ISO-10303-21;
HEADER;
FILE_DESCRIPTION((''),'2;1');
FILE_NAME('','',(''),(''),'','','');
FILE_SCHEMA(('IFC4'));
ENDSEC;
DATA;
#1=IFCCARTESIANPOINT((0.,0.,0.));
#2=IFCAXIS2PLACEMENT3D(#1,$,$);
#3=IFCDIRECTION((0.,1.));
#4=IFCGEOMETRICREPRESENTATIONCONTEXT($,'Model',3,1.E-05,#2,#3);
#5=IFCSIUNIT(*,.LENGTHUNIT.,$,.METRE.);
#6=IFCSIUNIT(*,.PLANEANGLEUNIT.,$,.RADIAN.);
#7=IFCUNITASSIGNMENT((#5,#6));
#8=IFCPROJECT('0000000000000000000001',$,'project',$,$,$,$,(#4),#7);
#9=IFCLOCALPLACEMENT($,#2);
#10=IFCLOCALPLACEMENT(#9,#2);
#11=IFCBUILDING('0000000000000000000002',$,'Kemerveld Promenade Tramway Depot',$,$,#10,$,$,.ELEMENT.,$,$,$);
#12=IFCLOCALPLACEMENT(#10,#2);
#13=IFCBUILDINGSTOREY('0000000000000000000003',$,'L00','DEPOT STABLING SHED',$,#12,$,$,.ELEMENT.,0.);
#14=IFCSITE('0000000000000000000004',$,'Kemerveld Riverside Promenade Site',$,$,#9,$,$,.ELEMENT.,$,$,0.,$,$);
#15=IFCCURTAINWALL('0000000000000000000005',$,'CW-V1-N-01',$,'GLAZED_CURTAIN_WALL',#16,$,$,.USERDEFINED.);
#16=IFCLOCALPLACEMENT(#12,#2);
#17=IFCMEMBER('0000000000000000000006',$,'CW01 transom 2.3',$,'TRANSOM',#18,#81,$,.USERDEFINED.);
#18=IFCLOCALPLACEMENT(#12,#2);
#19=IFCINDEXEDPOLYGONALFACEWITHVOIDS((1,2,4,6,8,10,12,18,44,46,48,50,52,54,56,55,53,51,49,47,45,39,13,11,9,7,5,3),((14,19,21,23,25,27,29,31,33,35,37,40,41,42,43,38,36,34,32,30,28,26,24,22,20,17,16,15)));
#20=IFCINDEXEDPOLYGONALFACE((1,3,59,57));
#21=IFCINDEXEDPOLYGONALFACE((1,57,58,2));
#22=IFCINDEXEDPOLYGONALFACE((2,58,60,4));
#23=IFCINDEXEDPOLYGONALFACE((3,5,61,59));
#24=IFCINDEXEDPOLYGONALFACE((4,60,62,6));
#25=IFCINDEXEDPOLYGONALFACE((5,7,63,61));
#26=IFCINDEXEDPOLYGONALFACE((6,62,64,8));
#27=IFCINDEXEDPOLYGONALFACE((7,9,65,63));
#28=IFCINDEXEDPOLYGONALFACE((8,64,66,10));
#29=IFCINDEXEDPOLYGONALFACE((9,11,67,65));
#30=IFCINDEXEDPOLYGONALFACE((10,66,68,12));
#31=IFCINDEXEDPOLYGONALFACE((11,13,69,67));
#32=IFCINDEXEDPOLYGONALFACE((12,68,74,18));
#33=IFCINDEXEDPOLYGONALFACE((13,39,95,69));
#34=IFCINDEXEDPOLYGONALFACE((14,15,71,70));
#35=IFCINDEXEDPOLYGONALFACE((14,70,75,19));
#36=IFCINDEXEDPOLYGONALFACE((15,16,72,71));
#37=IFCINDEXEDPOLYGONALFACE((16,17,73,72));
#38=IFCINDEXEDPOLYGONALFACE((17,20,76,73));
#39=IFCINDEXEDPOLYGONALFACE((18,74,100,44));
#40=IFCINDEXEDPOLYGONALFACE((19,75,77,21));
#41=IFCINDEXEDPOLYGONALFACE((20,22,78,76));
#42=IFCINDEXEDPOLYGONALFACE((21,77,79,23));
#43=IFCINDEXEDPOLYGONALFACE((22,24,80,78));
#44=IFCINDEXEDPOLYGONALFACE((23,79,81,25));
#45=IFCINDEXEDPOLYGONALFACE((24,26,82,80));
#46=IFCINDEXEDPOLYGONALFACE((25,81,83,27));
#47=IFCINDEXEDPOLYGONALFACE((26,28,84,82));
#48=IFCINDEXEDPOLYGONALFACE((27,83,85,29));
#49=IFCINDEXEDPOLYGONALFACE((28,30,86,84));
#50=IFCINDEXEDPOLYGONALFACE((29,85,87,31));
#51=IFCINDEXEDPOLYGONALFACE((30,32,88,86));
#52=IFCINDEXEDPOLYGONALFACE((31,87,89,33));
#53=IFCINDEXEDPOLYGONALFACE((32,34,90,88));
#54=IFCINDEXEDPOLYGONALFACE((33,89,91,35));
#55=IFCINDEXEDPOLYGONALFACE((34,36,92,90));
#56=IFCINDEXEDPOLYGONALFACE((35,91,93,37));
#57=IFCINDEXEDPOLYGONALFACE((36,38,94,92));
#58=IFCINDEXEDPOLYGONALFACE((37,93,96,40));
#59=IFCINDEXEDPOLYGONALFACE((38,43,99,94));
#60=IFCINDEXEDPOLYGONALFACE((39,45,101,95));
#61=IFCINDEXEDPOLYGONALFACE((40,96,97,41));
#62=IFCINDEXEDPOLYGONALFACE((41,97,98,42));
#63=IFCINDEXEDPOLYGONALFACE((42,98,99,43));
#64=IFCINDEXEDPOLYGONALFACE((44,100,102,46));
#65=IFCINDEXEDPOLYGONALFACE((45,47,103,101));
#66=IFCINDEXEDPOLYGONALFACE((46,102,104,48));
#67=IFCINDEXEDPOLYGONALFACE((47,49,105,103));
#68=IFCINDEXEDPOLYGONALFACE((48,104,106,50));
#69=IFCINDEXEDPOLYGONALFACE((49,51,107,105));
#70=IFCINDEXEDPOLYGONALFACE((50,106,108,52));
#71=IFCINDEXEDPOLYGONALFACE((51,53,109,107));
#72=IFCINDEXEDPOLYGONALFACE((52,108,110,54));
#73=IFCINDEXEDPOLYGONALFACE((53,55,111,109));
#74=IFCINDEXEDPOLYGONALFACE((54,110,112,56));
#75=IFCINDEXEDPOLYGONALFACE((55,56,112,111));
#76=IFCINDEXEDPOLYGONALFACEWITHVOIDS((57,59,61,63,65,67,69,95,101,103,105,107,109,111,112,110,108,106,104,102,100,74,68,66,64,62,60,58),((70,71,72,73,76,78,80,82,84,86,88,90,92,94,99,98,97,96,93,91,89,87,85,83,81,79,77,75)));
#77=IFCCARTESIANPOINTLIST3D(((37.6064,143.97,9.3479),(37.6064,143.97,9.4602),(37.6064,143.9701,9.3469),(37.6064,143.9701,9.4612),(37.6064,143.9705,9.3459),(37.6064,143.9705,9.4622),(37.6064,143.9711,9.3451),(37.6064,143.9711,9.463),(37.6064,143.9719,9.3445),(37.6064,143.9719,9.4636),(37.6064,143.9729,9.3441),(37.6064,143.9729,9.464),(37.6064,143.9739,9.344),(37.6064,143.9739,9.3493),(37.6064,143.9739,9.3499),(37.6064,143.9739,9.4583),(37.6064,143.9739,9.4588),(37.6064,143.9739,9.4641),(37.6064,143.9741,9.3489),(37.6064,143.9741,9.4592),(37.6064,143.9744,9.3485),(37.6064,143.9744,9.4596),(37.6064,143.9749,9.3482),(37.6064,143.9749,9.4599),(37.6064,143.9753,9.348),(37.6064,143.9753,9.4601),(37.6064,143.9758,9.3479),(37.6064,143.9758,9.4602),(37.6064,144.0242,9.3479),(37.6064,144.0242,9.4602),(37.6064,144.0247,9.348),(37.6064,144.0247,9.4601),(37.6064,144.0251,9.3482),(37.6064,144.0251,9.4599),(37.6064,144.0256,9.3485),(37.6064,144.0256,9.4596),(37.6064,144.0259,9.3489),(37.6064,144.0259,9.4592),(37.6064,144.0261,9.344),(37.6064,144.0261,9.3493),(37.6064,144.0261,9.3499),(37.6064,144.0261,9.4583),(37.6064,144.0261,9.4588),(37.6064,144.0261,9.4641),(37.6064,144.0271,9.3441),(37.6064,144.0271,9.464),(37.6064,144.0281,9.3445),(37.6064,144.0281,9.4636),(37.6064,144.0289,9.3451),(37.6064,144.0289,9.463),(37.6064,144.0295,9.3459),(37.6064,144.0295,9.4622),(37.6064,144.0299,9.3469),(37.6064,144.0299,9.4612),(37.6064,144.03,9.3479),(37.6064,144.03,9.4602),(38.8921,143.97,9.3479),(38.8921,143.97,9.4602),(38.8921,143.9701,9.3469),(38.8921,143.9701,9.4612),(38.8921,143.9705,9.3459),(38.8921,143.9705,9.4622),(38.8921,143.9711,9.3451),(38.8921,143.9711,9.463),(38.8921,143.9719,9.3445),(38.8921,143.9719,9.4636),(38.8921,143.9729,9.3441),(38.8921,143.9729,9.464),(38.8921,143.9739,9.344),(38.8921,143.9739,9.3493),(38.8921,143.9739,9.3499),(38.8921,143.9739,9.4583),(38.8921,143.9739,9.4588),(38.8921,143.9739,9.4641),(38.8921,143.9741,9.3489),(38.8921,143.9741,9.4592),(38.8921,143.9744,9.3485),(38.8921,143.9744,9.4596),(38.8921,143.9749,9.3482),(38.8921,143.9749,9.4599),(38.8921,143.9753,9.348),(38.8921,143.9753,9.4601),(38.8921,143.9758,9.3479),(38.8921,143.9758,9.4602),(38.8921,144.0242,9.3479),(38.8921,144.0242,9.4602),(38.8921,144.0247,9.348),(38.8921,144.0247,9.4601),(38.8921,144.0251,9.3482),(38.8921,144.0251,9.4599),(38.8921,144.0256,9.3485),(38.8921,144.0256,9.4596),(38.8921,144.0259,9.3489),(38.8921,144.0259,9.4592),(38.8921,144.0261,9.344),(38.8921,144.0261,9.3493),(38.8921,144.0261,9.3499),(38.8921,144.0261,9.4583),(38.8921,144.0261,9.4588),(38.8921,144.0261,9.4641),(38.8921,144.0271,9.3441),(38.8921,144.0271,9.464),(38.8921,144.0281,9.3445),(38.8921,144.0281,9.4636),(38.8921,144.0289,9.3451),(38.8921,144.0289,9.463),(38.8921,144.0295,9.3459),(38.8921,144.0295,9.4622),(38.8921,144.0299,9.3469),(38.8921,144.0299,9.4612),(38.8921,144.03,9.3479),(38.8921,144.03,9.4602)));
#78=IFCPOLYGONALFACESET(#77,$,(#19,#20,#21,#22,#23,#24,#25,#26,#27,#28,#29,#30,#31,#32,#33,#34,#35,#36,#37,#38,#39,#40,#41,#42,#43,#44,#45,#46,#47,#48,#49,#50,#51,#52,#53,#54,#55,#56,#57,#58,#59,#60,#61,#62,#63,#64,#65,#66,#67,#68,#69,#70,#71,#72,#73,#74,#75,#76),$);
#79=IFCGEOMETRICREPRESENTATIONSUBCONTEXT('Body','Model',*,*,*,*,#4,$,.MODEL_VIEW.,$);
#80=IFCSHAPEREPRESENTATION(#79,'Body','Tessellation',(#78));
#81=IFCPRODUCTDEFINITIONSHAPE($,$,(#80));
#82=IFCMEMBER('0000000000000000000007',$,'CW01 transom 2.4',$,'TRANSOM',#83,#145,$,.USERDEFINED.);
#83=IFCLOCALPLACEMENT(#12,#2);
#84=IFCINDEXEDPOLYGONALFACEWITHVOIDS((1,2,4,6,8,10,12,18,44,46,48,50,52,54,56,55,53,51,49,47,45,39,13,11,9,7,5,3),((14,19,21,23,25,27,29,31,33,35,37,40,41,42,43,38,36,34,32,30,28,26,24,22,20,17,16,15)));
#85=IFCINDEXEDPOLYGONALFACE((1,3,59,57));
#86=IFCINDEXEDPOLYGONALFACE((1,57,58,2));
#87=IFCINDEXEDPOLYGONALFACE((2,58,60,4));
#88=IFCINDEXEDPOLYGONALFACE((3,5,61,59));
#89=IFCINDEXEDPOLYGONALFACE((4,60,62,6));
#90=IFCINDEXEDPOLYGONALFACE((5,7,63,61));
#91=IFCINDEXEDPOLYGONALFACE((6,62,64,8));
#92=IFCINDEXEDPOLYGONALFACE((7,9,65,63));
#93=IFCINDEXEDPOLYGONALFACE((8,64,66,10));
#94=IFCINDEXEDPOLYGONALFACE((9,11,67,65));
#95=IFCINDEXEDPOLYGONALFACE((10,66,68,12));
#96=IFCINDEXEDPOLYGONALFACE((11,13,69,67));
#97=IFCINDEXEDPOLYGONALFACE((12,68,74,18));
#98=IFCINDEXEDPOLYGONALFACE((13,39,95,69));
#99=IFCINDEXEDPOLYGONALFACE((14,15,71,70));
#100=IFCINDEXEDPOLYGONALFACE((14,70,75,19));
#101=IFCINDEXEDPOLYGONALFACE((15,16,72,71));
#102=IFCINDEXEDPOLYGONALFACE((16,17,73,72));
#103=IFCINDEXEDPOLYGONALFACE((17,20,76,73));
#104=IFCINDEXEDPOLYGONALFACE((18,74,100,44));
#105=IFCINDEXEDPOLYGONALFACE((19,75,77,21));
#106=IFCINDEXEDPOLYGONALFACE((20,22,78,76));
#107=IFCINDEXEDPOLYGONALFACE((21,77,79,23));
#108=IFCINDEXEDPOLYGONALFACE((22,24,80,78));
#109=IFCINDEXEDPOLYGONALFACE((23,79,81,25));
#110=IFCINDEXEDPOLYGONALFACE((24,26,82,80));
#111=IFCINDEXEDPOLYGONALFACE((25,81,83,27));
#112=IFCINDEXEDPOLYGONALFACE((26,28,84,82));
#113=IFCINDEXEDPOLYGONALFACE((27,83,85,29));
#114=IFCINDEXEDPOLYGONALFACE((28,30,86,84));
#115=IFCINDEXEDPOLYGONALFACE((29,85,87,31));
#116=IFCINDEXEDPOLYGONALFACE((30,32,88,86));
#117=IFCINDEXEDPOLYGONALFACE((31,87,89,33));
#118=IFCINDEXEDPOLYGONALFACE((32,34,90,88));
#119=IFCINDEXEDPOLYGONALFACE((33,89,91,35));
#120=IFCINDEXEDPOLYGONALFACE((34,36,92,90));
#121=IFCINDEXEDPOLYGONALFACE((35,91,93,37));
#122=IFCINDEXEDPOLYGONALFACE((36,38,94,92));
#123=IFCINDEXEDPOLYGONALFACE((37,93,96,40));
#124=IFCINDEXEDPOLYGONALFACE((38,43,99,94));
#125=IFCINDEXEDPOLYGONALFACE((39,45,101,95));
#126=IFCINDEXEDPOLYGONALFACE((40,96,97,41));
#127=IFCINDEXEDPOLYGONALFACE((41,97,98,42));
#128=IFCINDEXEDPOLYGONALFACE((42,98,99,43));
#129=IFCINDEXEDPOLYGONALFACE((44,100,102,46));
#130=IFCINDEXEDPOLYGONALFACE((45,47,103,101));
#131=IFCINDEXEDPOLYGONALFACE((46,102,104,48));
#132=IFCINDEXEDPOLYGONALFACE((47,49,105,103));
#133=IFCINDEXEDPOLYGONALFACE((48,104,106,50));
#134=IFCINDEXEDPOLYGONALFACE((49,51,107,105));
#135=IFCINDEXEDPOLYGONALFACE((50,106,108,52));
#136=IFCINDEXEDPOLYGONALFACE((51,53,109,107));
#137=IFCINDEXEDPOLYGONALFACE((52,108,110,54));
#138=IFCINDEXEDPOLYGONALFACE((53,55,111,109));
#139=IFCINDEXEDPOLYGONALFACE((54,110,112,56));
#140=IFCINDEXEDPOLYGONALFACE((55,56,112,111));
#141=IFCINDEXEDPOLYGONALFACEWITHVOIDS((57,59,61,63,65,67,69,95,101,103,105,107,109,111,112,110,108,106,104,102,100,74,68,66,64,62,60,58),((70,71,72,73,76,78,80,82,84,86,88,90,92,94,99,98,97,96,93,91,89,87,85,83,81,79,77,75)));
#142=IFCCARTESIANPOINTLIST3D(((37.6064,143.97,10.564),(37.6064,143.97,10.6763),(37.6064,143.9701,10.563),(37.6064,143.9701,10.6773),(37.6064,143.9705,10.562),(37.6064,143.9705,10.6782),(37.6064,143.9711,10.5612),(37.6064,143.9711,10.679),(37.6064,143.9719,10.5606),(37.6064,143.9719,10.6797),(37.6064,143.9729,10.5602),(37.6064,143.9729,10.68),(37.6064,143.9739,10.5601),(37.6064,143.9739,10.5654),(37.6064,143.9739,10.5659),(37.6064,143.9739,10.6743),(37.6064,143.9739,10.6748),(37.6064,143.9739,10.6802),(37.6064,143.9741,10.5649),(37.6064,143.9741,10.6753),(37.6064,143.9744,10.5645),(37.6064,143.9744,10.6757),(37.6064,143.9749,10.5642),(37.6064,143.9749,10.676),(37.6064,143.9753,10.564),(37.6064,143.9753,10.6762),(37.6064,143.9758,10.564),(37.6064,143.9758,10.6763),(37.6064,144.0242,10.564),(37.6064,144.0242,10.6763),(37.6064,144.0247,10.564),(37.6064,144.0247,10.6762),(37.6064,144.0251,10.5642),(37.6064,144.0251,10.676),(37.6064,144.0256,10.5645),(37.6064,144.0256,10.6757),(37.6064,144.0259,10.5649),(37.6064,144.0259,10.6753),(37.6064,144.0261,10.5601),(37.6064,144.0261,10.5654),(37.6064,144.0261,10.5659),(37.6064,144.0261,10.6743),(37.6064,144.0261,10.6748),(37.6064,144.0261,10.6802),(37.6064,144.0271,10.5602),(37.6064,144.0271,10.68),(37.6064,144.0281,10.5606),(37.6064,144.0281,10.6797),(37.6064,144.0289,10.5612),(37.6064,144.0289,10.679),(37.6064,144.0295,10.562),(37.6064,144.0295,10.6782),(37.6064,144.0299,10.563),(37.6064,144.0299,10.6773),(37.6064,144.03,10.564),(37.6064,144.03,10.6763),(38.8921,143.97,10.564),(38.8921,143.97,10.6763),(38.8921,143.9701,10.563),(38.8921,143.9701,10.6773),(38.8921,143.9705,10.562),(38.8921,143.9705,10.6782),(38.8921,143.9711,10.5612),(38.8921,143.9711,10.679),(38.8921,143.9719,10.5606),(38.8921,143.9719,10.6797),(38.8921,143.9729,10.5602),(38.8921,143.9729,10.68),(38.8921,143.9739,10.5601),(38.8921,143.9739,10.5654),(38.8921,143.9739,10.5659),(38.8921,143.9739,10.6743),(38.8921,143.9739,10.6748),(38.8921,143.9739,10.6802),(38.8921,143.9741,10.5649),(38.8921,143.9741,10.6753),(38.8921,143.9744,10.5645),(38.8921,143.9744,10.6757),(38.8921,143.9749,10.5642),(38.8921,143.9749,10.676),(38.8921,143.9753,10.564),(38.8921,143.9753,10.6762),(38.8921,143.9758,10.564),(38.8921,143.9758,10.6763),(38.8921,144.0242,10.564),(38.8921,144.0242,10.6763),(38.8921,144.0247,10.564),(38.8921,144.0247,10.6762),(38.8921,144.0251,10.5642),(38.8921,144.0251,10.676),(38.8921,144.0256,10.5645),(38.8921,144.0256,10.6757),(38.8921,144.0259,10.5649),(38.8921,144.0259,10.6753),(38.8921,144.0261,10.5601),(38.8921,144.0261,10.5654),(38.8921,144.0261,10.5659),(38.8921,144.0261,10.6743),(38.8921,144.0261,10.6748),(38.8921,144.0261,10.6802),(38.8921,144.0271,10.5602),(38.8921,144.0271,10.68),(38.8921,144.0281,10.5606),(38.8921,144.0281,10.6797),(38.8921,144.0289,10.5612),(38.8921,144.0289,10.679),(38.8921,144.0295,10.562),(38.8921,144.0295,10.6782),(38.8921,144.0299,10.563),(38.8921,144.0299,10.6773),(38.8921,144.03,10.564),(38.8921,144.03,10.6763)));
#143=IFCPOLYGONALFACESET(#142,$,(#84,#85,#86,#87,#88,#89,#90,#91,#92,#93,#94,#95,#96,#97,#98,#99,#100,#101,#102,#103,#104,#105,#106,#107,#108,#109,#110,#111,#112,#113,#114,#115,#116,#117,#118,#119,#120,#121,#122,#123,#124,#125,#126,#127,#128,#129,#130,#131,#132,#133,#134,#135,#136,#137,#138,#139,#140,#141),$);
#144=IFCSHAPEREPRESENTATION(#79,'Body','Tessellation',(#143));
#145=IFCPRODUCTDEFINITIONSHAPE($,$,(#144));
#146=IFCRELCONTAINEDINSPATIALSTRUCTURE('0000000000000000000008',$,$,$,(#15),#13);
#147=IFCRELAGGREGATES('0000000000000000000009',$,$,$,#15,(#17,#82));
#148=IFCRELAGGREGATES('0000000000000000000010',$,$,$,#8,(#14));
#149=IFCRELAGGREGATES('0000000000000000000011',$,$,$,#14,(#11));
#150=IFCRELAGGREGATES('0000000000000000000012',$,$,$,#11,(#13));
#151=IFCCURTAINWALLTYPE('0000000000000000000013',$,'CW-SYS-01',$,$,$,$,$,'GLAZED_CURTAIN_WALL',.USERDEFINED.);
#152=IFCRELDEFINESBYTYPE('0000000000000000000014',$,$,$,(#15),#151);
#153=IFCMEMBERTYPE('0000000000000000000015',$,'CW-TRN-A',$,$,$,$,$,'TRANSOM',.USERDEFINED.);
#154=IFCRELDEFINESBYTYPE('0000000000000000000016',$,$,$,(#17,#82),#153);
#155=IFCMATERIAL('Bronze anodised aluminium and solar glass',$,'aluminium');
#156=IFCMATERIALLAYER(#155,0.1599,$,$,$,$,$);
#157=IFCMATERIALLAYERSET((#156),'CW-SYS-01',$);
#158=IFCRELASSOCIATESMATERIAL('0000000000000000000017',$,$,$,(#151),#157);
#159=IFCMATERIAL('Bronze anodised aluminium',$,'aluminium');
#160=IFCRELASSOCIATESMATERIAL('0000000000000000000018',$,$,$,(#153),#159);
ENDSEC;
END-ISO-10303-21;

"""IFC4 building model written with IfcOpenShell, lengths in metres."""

from ifc_helpers import new_model, si_unit, direction, frame, origin, origin_2d, place, context, subcontext, project, spatial, hollow_rectangle, extrude, material, layer, layer_set, material_profile, profile_set, type_object, element, aggregate, save


model = new_model("IFC4")

# Units and contexts
model_context = context("Model", 3, precision=1e-05, world=origin(), true_north=direction((0.0, 1.0)))
body_context = subcontext(model_context, "Body", "Model", "MODEL_VIEW")
ifc_project = project(units=[si_unit("LENGTHUNIT", "METRE"), si_unit("PLANEANGLEUNIT", "RADIAN")], contexts=[model_context])

# Site, building, storey
site_placement = place(None, origin())
site = spatial("IfcSite", under=ifc_project, at=site_placement, Name="Kemerveld Riverside Promenade Site", CompositionType="ELEMENT", RefElevation=0.0)
building_placement = place(site_placement, origin())
building = spatial("IfcBuilding", under=site, at=building_placement, Name="Kemerveld Promenade Tramway Depot", CompositionType="ELEMENT")
storey_placement = place(building_placement, origin())
storey = spatial("IfcBuildingStorey", under=building, at=storey_placement, Name="L00", Description="DEPOT STABLING SHED", CompositionType="ELEMENT", Elevation=0.0)

# Curtain wall, members
ifc_material_1 = material(Name="Bronze anodised aluminium and solar glass", Category="aluminium")
ifc_layer_1 = layer(ifc_material_1, 0.1599)
ifc_layer_set_1 = layer_set([ifc_layer_1], Name="CW-SYS-01")
curtain_wall_type_1 = type_object("IfcCurtainWallType", Name="CW-SYS-01", ElementType="GLAZED_CURTAIN_WALL", PredefinedType="USERDEFINED", material=ifc_layer_set_1)
curtain_wall_1_placement = place(storey_placement, origin())
curtain_wall_1 = element("IfcCurtainWall", 1, at=curtain_wall_1_placement, inside=storey, type_object=curtain_wall_type_1, Name="CW-V1-N-01", ObjectType="GLAZED_CURTAIN_WALL", PredefinedType="USERDEFINED")
ifc_material_2 = material(Name="Bronze anodised aluminium", Category="aluminium")
ifc_material_profile_1 = material_profile(ifc_material_2, hollow_rectangle(XDim=0.0601, YDim=0.1201, WallThickness=0.0039, InnerFilletRadius=0.002, OuterFilletRadius=0.0039, at=origin_2d()), Name="CW-TRN-120x60")
ifc_profile_set_1 = profile_set([ifc_material_profile_1], Name="Bronze anodised aluminium")
member_type_1 = type_object("IfcMemberType", Name="CW-TRN-A", ElementType="TRANSOM", PredefinedType="USERDEFINED", material=ifc_profile_set_1)
member_1_placement = place(storey_placement, frame((37.6064, 144.0, 9.4041), z_axis=(1.0, 0.0, 0.0), x_axis=(0.0, 1.0, 0.0)))
member_1 = element("IfcMember", 2, at=member_1_placement, type_object=member_type_1, Name="CW01 transom 2.3", ObjectType="TRANSOM", PredefinedType="USERDEFINED", context=body_context, shape_type="SweptSolid", body=[
    extrude(hollow_rectangle(XDim=0.0601, YDim=0.1201, WallThickness=0.0039, InnerFilletRadius=0.002, OuterFilletRadius=0.0039, at=origin_2d()), origin(), (0.0, 0.0, 1.0), 1.2856),
])
member_2_placement = place(storey_placement, frame((37.6064, 144.0, 10.6201), z_axis=(1.0, 0.0, 0.0), x_axis=(0.0, 1.0, 0.0)))
member_2 = element("IfcMember", 3, at=member_2_placement, type_object=member_type_1, Name="CW01 transom 2.4", ObjectType="TRANSOM", PredefinedType="USERDEFINED", context=body_context, shape_type="SweptSolid", body=[
    extrude(hollow_rectangle(XDim=0.0601, YDim=0.1201, WallThickness=0.0039, InnerFilletRadius=0.002, OuterFilletRadius=0.0039, at=origin_2d()), origin(), (0.0, 0.0, 1.0), 1.2856),
])

aggregate(curtain_wall_1, [member_1, member_2])

save(model, "model.ifc")
